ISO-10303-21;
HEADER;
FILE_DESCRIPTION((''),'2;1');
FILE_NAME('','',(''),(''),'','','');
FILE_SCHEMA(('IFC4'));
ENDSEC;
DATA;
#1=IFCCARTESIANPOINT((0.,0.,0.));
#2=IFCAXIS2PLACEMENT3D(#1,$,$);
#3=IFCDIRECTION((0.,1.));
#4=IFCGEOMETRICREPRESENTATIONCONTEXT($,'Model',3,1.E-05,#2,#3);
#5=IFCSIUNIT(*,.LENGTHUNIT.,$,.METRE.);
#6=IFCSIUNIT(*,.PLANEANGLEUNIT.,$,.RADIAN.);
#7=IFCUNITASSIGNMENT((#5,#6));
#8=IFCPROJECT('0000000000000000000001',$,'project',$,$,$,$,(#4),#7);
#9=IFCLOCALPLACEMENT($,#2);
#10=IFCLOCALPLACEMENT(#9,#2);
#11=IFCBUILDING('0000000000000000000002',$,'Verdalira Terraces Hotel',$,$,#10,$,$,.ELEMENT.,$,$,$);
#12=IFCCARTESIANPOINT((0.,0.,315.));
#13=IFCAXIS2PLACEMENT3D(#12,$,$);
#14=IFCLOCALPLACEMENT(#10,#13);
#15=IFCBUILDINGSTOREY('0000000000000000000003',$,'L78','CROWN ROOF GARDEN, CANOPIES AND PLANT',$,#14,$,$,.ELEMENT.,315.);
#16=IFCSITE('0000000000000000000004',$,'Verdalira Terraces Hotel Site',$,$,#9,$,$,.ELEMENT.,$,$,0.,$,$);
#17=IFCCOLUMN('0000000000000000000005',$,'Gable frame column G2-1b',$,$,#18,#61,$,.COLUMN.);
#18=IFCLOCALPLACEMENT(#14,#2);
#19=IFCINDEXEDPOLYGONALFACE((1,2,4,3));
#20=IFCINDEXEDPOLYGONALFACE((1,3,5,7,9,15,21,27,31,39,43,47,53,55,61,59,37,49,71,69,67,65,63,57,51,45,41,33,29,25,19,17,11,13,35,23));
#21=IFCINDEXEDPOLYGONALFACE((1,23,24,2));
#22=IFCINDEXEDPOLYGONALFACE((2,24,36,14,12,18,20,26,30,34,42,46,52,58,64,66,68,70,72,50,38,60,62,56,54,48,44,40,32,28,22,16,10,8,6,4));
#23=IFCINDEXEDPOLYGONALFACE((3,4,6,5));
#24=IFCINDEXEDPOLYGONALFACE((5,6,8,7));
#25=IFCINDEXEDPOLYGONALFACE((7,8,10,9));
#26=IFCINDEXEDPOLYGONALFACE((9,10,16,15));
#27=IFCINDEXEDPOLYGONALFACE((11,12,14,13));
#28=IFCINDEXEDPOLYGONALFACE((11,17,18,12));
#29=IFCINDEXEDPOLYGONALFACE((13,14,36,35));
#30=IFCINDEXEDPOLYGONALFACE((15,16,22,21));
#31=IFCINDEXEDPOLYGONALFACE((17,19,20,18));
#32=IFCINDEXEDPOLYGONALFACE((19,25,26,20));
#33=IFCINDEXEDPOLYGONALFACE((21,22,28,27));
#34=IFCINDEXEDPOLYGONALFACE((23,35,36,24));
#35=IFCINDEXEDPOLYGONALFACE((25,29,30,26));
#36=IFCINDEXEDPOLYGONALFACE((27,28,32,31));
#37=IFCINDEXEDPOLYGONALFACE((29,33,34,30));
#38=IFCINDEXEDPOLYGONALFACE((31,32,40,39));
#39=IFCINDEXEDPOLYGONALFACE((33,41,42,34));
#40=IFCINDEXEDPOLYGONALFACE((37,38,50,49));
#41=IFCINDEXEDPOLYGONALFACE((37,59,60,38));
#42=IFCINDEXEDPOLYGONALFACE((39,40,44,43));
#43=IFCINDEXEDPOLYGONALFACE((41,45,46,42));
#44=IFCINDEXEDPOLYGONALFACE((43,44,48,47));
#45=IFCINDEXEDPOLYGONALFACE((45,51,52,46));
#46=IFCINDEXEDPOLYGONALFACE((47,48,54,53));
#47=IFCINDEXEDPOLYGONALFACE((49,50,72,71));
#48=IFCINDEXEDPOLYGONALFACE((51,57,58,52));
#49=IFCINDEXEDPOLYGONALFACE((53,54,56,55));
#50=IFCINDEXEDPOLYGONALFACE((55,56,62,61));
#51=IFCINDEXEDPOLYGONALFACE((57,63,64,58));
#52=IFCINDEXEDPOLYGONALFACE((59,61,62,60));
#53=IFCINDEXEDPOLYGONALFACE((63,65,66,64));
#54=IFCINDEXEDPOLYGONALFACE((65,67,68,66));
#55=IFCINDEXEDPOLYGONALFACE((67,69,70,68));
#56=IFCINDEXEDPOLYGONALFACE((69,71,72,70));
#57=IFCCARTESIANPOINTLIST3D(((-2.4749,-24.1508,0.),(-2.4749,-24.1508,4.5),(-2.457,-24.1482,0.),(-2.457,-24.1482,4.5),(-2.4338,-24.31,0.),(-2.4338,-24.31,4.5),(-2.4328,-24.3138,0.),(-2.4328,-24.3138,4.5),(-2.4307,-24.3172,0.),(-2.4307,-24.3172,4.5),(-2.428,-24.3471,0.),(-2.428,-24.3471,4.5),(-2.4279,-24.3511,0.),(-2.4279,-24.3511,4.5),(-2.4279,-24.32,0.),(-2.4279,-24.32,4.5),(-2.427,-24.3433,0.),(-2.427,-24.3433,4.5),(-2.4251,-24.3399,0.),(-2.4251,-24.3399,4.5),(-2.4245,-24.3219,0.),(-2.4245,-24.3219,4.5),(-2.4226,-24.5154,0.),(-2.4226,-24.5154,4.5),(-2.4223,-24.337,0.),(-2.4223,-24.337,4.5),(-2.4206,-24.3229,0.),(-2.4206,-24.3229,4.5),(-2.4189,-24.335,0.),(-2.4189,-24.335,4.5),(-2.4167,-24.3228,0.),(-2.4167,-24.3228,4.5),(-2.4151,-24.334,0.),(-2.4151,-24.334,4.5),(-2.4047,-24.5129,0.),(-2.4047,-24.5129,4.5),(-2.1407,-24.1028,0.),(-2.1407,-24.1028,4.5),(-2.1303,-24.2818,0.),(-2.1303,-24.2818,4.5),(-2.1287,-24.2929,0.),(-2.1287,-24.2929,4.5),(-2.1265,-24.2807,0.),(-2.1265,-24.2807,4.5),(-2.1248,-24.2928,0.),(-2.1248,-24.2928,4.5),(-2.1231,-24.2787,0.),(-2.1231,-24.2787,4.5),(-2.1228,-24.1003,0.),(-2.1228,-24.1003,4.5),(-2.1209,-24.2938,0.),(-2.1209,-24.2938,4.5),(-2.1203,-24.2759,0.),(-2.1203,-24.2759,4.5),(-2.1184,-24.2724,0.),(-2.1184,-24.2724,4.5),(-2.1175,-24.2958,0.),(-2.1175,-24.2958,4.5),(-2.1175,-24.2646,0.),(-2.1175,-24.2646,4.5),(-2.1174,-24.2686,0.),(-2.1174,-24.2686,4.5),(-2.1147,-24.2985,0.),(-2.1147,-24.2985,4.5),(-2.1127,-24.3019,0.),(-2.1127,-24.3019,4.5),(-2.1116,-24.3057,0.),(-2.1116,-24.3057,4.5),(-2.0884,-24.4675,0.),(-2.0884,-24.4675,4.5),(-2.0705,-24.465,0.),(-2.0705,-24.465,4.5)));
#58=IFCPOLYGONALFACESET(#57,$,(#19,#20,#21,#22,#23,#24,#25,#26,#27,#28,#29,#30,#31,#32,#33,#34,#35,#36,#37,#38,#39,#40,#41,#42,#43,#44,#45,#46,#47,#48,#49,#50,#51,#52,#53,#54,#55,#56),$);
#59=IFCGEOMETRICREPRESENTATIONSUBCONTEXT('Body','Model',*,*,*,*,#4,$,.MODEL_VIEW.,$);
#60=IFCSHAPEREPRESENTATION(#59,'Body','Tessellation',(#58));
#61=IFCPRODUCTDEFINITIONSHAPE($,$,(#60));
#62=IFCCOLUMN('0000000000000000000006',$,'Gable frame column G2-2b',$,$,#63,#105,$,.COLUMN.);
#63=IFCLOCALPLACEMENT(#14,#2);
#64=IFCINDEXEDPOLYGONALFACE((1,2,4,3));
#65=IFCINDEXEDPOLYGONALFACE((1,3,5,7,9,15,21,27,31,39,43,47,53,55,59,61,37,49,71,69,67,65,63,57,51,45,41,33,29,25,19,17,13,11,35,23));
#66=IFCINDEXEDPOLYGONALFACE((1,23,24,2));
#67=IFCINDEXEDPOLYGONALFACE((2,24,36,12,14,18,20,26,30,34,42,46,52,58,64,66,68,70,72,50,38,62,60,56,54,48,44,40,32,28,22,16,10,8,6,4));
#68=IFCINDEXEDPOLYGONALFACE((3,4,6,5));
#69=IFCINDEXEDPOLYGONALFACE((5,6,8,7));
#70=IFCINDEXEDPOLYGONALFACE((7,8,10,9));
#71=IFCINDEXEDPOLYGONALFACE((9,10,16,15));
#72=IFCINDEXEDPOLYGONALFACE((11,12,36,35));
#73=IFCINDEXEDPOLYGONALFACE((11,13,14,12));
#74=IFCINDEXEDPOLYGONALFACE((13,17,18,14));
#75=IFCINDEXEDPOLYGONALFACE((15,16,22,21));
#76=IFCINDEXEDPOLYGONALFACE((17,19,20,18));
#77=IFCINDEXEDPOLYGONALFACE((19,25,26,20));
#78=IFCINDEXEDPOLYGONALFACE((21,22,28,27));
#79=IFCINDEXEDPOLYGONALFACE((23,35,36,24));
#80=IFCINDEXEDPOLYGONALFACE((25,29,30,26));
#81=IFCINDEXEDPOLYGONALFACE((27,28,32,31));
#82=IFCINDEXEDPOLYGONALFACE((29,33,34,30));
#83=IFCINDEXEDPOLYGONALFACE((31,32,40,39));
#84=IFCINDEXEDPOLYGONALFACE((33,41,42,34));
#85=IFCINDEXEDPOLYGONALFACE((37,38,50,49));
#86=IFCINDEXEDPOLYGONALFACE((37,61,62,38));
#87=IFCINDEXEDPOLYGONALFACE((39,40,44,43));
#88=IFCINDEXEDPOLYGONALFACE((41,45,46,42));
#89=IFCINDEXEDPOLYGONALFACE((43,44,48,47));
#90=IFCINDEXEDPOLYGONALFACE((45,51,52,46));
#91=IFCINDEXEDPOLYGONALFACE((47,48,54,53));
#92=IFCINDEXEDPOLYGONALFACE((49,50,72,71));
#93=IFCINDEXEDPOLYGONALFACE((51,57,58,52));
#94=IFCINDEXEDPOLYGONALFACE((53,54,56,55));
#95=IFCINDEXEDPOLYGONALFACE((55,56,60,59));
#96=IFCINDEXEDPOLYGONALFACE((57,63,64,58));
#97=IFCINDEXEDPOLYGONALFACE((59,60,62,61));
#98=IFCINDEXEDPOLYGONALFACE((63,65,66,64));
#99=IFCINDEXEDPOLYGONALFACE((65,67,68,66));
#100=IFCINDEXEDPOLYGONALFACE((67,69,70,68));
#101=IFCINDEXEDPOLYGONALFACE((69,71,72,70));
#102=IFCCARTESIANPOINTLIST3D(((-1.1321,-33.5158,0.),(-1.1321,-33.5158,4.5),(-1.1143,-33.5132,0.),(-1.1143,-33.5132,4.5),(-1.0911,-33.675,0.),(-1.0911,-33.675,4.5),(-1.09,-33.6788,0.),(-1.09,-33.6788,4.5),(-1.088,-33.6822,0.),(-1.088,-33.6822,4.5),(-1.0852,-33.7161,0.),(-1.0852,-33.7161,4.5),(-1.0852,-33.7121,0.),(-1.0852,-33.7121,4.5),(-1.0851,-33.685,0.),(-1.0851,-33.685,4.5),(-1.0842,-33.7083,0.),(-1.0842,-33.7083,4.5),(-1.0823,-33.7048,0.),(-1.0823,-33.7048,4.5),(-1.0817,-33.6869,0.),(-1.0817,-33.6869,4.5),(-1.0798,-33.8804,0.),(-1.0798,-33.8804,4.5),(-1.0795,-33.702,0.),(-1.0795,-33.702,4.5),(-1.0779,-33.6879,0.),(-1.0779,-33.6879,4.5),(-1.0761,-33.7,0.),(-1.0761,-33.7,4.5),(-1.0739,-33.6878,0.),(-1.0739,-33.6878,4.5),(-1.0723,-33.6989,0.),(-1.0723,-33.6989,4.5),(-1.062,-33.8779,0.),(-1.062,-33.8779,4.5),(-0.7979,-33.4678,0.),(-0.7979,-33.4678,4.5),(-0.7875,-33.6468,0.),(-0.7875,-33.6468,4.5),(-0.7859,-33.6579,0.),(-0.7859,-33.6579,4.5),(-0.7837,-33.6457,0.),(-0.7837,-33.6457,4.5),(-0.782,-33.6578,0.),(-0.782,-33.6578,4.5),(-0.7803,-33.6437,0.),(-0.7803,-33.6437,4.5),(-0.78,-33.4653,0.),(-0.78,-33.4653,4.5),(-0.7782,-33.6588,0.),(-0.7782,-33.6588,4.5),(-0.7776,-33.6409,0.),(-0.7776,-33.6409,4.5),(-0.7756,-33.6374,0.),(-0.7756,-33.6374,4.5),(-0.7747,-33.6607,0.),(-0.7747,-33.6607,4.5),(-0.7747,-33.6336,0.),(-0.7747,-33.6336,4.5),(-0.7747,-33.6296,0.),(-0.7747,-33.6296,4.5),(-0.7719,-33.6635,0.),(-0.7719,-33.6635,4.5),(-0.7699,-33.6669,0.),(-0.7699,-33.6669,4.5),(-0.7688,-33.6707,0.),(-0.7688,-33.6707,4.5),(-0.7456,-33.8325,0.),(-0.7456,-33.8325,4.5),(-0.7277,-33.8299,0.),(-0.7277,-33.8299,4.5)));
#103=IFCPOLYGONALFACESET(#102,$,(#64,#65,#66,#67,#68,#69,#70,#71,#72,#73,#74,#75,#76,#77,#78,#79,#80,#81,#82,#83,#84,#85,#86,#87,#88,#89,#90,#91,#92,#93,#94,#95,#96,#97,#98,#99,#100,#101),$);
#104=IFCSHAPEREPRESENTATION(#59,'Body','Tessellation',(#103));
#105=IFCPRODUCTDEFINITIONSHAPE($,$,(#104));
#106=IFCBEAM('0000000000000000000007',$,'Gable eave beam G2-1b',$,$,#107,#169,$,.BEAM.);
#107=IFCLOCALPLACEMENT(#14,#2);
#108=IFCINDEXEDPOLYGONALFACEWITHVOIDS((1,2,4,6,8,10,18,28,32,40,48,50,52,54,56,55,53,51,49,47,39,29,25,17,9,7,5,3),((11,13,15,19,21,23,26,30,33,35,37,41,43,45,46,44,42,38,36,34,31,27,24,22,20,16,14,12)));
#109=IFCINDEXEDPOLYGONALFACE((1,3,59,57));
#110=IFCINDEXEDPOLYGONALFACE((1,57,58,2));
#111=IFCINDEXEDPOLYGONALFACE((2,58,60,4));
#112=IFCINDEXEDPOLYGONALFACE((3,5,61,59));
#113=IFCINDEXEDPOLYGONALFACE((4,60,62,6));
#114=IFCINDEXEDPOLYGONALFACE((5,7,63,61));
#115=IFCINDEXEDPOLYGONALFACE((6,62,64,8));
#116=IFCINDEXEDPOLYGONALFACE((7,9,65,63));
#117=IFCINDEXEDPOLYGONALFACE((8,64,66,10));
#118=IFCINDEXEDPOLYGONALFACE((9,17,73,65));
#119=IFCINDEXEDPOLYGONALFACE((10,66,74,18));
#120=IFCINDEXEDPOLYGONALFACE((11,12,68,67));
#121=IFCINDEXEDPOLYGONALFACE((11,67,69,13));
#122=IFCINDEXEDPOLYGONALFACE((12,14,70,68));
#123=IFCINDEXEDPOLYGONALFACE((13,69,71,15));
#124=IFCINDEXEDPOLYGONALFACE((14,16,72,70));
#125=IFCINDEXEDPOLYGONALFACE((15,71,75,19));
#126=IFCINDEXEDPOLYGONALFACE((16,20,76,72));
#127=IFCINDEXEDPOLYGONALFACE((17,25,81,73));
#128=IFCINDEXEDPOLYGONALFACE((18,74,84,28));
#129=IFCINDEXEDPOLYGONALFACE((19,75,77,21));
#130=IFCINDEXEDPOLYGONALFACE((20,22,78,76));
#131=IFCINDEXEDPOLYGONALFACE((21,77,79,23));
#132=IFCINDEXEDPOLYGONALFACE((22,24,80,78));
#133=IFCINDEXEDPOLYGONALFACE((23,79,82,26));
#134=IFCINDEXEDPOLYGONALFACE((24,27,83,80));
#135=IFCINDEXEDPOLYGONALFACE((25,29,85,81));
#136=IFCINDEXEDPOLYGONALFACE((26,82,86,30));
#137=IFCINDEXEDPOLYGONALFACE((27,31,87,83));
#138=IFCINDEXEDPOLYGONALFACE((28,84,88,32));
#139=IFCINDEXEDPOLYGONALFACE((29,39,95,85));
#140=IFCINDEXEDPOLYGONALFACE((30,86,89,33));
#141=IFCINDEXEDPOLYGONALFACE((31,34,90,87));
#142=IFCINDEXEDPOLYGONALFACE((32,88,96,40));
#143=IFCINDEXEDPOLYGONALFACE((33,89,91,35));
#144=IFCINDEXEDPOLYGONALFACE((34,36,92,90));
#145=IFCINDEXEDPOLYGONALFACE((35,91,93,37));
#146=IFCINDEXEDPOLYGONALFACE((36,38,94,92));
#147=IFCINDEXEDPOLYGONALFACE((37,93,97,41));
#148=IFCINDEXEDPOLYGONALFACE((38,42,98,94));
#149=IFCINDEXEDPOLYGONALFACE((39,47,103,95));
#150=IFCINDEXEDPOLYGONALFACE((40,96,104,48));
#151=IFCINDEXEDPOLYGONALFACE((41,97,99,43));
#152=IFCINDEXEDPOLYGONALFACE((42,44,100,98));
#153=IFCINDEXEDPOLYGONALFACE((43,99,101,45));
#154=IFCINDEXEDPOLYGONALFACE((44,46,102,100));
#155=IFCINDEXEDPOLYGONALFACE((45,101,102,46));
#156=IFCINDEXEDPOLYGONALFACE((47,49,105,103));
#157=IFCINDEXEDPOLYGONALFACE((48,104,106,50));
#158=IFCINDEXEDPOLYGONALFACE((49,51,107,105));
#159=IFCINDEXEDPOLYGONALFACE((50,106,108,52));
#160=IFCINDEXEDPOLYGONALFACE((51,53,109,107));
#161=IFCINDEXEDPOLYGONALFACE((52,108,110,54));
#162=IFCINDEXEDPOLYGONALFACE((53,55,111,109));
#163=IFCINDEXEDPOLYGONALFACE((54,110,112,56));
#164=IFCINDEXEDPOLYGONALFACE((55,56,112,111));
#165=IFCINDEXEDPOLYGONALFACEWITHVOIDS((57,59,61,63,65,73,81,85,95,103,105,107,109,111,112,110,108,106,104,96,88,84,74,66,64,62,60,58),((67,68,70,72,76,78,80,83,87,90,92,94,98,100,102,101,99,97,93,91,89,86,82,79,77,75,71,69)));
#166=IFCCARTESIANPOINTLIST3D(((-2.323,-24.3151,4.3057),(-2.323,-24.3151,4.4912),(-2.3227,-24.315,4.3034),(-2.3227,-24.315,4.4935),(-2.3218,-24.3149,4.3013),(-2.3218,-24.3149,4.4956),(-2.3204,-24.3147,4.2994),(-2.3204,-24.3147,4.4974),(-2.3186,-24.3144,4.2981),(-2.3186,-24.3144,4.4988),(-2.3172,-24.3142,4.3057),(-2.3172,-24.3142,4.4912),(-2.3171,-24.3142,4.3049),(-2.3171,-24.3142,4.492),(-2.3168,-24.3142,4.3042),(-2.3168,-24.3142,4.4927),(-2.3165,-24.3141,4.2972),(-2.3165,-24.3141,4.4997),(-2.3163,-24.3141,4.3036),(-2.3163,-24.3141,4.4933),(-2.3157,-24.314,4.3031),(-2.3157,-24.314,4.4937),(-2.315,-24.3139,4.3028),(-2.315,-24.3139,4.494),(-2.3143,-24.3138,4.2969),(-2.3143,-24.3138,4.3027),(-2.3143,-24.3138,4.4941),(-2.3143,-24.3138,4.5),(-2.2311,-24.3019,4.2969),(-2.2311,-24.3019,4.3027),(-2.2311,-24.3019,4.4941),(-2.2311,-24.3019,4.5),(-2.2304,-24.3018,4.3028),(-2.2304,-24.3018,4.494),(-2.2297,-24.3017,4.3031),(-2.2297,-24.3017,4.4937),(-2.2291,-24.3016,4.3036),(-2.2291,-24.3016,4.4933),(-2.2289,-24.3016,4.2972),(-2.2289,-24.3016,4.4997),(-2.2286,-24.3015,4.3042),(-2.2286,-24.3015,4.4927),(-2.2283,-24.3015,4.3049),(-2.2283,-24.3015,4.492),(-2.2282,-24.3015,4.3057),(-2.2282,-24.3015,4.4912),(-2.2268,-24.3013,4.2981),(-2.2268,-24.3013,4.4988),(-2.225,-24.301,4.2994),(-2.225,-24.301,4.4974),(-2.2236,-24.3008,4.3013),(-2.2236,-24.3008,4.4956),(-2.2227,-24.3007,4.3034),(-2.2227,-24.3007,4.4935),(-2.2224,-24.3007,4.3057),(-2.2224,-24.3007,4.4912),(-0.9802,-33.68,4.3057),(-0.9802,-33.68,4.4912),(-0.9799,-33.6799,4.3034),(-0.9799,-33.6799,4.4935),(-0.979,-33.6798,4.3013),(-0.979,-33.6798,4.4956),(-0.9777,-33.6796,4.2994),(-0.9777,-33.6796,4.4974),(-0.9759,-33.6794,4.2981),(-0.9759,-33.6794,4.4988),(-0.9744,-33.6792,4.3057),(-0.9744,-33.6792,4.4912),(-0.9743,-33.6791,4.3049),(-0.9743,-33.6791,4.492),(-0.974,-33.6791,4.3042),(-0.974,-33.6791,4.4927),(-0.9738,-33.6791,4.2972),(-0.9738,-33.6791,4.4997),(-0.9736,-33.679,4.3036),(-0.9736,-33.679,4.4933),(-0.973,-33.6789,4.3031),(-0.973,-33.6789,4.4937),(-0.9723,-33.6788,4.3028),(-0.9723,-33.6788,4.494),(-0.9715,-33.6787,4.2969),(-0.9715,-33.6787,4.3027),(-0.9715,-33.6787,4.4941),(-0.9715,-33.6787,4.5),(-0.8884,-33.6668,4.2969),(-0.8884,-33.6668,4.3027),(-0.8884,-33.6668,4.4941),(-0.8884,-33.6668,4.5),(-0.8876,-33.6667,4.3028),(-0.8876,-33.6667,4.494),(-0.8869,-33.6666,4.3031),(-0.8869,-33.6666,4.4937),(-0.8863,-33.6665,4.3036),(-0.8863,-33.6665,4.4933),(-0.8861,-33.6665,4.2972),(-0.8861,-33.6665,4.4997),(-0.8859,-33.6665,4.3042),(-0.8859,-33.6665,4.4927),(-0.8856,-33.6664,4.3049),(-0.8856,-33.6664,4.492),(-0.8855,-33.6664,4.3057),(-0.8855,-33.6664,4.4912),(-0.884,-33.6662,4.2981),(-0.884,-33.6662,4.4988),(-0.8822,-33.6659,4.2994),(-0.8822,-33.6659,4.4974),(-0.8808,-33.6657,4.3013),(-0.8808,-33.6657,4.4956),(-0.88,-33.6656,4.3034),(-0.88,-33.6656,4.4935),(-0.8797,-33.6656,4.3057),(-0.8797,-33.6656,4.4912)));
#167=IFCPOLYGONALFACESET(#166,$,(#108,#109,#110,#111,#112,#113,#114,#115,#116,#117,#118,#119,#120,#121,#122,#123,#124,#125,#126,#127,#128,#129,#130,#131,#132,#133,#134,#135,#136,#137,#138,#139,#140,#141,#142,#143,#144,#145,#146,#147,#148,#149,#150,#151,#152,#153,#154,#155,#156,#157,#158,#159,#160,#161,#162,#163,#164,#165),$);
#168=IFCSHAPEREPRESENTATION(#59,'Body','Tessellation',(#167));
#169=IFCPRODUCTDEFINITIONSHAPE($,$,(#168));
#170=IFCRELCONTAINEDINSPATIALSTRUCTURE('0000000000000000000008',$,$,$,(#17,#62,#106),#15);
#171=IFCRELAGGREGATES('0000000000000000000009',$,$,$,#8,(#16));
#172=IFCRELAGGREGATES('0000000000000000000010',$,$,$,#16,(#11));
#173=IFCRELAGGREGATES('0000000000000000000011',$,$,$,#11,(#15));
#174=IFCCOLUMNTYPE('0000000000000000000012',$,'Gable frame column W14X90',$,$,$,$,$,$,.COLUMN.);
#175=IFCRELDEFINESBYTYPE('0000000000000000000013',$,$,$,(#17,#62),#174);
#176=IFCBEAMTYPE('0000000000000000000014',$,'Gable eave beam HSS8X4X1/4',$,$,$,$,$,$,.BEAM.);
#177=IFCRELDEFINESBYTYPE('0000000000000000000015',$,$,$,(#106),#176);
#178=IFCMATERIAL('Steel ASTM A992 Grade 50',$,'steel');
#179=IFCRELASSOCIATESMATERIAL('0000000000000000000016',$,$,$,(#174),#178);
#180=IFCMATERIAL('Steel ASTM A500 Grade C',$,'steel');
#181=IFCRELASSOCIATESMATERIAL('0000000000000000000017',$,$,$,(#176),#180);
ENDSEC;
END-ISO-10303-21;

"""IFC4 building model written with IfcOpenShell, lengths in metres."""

from ifc_helpers import new_model, si_unit, direction, frame, origin, origin_2d, place, context, subcontext, project, spatial, hollow_rectangle, i_section, extrude, material, material_profile, profile_set, type_object, element, save


model = new_model("IFC4")

# Units and contexts
model_context = context("Model", 3, precision=1e-05, world=origin(), true_north=direction((0.0, 1.0)))
body_context = subcontext(model_context, "Body", "Model", "MODEL_VIEW")
ifc_project = project(units=[si_unit("LENGTHUNIT", "METRE"), si_unit("PLANEANGLEUNIT", "RADIAN")], contexts=[model_context])

# Site, building, storey
site_placement = place(None, origin())
site = spatial("IfcSite", under=ifc_project, at=site_placement, Name="Verdalira Terraces Hotel Site", CompositionType="ELEMENT", RefElevation=0.0)
building_placement = place(site_placement, origin())
building = spatial("IfcBuilding", under=site, at=building_placement, Name="Verdalira Terraces Hotel", CompositionType="ELEMENT")
storey_placement = place(building_placement, frame((0.0, 0.0, 315.0)))
storey = spatial("IfcBuildingStorey", under=building, at=storey_placement, Name="L78", Description="CROWN ROOF GARDEN, CANOPIES AND PLANT", CompositionType="ELEMENT", Elevation=315.0)

# Columns
ifc_material_1 = material(Name="Steel ASTM A992 Grade 50", Category="steel")
ifc_material_profile_1 = material_profile(ifc_material_1, i_section(OverallWidth=0.3684, OverallDepth=0.3557, WebThickness=0.0112, FlangeThickness=0.0181, FilletRadius=0.0151, at=origin_2d()), Name="W14X90")
ifc_profile_set_1 = profile_set([ifc_material_profile_1], Name="Steel ASTM A992 Grade 50")
column_type = type_object("IfcColumnType", Name="Gable frame column W14X90", PredefinedType="COLUMN", material=ifc_profile_set_1)
for number, where, z_axis, x_axis, name in (
    (1, (-2.2727, -24.3079, 0.0), (0.0, 0.0, 1.0), (0.141938, -0.989876, 0.0), "Gable frame column G2-1b"),
    (2, (-0.9299, -33.6729, 0.0), (0.0, 0.0, 1.0), (0.141938, -0.989876, 0.0), "Gable frame column G2-2b"),
):
    element("IfcColumn", number, at=place(storey_placement, frame(where, z_axis=z_axis, x_axis=x_axis)), inside=storey, type_object=column_type, Name=name, PredefinedType="COLUMN", context=body_context, shape_type="SweptSolid", body=[
        extrude(i_section(OverallWidth=0.3684, OverallDepth=0.3557, WebThickness=0.0112, FlangeThickness=0.0181, FilletRadius=0.0151, at=origin_2d()), origin(), (0.0, 0.0, 1.0), 4.5),
    ])

# Beam
ifc_material_2 = material(Name="Steel ASTM A500 Grade C", Category="steel")
ifc_material_profile_2 = material_profile(ifc_material_2, hollow_rectangle(XDim=0.1016, YDim=0.2031, WallThickness=0.0059, InnerFilletRadius=0.0029, OuterFilletRadius=0.0088, at=origin_2d()), Name="HSS8X4X1/4")
ifc_profile_set_2 = profile_set([ifc_material_profile_2], Name="Steel ASTM A500 Grade C")
beam_type_1 = type_object("IfcBeamType", Name="Gable eave beam HSS8X4X1/4", PredefinedType="BEAM", material=ifc_profile_set_2)
beam_placement = place(storey_placement, frame((-2.2727, -24.3079, 4.3984), z_axis=(0.141931, -0.989877, 0.0), x_axis=(0.989877, 0.141931, 0.0)))
element("IfcBeam", 3, at=beam_placement, inside=storey, type_object=beam_type_1, Name="Gable eave beam G2-1b", PredefinedType="BEAM", context=body_context, shape_type="SweptSolid", body=[
    extrude(hollow_rectangle(XDim=0.1016, YDim=0.2031, WallThickness=0.0059, InnerFilletRadius=0.0029, OuterFilletRadius=0.0088, at=origin_2d()), origin(), (0.0, 0.0, 1.0), 9.4607),
])

save(model, "model.ifc")
